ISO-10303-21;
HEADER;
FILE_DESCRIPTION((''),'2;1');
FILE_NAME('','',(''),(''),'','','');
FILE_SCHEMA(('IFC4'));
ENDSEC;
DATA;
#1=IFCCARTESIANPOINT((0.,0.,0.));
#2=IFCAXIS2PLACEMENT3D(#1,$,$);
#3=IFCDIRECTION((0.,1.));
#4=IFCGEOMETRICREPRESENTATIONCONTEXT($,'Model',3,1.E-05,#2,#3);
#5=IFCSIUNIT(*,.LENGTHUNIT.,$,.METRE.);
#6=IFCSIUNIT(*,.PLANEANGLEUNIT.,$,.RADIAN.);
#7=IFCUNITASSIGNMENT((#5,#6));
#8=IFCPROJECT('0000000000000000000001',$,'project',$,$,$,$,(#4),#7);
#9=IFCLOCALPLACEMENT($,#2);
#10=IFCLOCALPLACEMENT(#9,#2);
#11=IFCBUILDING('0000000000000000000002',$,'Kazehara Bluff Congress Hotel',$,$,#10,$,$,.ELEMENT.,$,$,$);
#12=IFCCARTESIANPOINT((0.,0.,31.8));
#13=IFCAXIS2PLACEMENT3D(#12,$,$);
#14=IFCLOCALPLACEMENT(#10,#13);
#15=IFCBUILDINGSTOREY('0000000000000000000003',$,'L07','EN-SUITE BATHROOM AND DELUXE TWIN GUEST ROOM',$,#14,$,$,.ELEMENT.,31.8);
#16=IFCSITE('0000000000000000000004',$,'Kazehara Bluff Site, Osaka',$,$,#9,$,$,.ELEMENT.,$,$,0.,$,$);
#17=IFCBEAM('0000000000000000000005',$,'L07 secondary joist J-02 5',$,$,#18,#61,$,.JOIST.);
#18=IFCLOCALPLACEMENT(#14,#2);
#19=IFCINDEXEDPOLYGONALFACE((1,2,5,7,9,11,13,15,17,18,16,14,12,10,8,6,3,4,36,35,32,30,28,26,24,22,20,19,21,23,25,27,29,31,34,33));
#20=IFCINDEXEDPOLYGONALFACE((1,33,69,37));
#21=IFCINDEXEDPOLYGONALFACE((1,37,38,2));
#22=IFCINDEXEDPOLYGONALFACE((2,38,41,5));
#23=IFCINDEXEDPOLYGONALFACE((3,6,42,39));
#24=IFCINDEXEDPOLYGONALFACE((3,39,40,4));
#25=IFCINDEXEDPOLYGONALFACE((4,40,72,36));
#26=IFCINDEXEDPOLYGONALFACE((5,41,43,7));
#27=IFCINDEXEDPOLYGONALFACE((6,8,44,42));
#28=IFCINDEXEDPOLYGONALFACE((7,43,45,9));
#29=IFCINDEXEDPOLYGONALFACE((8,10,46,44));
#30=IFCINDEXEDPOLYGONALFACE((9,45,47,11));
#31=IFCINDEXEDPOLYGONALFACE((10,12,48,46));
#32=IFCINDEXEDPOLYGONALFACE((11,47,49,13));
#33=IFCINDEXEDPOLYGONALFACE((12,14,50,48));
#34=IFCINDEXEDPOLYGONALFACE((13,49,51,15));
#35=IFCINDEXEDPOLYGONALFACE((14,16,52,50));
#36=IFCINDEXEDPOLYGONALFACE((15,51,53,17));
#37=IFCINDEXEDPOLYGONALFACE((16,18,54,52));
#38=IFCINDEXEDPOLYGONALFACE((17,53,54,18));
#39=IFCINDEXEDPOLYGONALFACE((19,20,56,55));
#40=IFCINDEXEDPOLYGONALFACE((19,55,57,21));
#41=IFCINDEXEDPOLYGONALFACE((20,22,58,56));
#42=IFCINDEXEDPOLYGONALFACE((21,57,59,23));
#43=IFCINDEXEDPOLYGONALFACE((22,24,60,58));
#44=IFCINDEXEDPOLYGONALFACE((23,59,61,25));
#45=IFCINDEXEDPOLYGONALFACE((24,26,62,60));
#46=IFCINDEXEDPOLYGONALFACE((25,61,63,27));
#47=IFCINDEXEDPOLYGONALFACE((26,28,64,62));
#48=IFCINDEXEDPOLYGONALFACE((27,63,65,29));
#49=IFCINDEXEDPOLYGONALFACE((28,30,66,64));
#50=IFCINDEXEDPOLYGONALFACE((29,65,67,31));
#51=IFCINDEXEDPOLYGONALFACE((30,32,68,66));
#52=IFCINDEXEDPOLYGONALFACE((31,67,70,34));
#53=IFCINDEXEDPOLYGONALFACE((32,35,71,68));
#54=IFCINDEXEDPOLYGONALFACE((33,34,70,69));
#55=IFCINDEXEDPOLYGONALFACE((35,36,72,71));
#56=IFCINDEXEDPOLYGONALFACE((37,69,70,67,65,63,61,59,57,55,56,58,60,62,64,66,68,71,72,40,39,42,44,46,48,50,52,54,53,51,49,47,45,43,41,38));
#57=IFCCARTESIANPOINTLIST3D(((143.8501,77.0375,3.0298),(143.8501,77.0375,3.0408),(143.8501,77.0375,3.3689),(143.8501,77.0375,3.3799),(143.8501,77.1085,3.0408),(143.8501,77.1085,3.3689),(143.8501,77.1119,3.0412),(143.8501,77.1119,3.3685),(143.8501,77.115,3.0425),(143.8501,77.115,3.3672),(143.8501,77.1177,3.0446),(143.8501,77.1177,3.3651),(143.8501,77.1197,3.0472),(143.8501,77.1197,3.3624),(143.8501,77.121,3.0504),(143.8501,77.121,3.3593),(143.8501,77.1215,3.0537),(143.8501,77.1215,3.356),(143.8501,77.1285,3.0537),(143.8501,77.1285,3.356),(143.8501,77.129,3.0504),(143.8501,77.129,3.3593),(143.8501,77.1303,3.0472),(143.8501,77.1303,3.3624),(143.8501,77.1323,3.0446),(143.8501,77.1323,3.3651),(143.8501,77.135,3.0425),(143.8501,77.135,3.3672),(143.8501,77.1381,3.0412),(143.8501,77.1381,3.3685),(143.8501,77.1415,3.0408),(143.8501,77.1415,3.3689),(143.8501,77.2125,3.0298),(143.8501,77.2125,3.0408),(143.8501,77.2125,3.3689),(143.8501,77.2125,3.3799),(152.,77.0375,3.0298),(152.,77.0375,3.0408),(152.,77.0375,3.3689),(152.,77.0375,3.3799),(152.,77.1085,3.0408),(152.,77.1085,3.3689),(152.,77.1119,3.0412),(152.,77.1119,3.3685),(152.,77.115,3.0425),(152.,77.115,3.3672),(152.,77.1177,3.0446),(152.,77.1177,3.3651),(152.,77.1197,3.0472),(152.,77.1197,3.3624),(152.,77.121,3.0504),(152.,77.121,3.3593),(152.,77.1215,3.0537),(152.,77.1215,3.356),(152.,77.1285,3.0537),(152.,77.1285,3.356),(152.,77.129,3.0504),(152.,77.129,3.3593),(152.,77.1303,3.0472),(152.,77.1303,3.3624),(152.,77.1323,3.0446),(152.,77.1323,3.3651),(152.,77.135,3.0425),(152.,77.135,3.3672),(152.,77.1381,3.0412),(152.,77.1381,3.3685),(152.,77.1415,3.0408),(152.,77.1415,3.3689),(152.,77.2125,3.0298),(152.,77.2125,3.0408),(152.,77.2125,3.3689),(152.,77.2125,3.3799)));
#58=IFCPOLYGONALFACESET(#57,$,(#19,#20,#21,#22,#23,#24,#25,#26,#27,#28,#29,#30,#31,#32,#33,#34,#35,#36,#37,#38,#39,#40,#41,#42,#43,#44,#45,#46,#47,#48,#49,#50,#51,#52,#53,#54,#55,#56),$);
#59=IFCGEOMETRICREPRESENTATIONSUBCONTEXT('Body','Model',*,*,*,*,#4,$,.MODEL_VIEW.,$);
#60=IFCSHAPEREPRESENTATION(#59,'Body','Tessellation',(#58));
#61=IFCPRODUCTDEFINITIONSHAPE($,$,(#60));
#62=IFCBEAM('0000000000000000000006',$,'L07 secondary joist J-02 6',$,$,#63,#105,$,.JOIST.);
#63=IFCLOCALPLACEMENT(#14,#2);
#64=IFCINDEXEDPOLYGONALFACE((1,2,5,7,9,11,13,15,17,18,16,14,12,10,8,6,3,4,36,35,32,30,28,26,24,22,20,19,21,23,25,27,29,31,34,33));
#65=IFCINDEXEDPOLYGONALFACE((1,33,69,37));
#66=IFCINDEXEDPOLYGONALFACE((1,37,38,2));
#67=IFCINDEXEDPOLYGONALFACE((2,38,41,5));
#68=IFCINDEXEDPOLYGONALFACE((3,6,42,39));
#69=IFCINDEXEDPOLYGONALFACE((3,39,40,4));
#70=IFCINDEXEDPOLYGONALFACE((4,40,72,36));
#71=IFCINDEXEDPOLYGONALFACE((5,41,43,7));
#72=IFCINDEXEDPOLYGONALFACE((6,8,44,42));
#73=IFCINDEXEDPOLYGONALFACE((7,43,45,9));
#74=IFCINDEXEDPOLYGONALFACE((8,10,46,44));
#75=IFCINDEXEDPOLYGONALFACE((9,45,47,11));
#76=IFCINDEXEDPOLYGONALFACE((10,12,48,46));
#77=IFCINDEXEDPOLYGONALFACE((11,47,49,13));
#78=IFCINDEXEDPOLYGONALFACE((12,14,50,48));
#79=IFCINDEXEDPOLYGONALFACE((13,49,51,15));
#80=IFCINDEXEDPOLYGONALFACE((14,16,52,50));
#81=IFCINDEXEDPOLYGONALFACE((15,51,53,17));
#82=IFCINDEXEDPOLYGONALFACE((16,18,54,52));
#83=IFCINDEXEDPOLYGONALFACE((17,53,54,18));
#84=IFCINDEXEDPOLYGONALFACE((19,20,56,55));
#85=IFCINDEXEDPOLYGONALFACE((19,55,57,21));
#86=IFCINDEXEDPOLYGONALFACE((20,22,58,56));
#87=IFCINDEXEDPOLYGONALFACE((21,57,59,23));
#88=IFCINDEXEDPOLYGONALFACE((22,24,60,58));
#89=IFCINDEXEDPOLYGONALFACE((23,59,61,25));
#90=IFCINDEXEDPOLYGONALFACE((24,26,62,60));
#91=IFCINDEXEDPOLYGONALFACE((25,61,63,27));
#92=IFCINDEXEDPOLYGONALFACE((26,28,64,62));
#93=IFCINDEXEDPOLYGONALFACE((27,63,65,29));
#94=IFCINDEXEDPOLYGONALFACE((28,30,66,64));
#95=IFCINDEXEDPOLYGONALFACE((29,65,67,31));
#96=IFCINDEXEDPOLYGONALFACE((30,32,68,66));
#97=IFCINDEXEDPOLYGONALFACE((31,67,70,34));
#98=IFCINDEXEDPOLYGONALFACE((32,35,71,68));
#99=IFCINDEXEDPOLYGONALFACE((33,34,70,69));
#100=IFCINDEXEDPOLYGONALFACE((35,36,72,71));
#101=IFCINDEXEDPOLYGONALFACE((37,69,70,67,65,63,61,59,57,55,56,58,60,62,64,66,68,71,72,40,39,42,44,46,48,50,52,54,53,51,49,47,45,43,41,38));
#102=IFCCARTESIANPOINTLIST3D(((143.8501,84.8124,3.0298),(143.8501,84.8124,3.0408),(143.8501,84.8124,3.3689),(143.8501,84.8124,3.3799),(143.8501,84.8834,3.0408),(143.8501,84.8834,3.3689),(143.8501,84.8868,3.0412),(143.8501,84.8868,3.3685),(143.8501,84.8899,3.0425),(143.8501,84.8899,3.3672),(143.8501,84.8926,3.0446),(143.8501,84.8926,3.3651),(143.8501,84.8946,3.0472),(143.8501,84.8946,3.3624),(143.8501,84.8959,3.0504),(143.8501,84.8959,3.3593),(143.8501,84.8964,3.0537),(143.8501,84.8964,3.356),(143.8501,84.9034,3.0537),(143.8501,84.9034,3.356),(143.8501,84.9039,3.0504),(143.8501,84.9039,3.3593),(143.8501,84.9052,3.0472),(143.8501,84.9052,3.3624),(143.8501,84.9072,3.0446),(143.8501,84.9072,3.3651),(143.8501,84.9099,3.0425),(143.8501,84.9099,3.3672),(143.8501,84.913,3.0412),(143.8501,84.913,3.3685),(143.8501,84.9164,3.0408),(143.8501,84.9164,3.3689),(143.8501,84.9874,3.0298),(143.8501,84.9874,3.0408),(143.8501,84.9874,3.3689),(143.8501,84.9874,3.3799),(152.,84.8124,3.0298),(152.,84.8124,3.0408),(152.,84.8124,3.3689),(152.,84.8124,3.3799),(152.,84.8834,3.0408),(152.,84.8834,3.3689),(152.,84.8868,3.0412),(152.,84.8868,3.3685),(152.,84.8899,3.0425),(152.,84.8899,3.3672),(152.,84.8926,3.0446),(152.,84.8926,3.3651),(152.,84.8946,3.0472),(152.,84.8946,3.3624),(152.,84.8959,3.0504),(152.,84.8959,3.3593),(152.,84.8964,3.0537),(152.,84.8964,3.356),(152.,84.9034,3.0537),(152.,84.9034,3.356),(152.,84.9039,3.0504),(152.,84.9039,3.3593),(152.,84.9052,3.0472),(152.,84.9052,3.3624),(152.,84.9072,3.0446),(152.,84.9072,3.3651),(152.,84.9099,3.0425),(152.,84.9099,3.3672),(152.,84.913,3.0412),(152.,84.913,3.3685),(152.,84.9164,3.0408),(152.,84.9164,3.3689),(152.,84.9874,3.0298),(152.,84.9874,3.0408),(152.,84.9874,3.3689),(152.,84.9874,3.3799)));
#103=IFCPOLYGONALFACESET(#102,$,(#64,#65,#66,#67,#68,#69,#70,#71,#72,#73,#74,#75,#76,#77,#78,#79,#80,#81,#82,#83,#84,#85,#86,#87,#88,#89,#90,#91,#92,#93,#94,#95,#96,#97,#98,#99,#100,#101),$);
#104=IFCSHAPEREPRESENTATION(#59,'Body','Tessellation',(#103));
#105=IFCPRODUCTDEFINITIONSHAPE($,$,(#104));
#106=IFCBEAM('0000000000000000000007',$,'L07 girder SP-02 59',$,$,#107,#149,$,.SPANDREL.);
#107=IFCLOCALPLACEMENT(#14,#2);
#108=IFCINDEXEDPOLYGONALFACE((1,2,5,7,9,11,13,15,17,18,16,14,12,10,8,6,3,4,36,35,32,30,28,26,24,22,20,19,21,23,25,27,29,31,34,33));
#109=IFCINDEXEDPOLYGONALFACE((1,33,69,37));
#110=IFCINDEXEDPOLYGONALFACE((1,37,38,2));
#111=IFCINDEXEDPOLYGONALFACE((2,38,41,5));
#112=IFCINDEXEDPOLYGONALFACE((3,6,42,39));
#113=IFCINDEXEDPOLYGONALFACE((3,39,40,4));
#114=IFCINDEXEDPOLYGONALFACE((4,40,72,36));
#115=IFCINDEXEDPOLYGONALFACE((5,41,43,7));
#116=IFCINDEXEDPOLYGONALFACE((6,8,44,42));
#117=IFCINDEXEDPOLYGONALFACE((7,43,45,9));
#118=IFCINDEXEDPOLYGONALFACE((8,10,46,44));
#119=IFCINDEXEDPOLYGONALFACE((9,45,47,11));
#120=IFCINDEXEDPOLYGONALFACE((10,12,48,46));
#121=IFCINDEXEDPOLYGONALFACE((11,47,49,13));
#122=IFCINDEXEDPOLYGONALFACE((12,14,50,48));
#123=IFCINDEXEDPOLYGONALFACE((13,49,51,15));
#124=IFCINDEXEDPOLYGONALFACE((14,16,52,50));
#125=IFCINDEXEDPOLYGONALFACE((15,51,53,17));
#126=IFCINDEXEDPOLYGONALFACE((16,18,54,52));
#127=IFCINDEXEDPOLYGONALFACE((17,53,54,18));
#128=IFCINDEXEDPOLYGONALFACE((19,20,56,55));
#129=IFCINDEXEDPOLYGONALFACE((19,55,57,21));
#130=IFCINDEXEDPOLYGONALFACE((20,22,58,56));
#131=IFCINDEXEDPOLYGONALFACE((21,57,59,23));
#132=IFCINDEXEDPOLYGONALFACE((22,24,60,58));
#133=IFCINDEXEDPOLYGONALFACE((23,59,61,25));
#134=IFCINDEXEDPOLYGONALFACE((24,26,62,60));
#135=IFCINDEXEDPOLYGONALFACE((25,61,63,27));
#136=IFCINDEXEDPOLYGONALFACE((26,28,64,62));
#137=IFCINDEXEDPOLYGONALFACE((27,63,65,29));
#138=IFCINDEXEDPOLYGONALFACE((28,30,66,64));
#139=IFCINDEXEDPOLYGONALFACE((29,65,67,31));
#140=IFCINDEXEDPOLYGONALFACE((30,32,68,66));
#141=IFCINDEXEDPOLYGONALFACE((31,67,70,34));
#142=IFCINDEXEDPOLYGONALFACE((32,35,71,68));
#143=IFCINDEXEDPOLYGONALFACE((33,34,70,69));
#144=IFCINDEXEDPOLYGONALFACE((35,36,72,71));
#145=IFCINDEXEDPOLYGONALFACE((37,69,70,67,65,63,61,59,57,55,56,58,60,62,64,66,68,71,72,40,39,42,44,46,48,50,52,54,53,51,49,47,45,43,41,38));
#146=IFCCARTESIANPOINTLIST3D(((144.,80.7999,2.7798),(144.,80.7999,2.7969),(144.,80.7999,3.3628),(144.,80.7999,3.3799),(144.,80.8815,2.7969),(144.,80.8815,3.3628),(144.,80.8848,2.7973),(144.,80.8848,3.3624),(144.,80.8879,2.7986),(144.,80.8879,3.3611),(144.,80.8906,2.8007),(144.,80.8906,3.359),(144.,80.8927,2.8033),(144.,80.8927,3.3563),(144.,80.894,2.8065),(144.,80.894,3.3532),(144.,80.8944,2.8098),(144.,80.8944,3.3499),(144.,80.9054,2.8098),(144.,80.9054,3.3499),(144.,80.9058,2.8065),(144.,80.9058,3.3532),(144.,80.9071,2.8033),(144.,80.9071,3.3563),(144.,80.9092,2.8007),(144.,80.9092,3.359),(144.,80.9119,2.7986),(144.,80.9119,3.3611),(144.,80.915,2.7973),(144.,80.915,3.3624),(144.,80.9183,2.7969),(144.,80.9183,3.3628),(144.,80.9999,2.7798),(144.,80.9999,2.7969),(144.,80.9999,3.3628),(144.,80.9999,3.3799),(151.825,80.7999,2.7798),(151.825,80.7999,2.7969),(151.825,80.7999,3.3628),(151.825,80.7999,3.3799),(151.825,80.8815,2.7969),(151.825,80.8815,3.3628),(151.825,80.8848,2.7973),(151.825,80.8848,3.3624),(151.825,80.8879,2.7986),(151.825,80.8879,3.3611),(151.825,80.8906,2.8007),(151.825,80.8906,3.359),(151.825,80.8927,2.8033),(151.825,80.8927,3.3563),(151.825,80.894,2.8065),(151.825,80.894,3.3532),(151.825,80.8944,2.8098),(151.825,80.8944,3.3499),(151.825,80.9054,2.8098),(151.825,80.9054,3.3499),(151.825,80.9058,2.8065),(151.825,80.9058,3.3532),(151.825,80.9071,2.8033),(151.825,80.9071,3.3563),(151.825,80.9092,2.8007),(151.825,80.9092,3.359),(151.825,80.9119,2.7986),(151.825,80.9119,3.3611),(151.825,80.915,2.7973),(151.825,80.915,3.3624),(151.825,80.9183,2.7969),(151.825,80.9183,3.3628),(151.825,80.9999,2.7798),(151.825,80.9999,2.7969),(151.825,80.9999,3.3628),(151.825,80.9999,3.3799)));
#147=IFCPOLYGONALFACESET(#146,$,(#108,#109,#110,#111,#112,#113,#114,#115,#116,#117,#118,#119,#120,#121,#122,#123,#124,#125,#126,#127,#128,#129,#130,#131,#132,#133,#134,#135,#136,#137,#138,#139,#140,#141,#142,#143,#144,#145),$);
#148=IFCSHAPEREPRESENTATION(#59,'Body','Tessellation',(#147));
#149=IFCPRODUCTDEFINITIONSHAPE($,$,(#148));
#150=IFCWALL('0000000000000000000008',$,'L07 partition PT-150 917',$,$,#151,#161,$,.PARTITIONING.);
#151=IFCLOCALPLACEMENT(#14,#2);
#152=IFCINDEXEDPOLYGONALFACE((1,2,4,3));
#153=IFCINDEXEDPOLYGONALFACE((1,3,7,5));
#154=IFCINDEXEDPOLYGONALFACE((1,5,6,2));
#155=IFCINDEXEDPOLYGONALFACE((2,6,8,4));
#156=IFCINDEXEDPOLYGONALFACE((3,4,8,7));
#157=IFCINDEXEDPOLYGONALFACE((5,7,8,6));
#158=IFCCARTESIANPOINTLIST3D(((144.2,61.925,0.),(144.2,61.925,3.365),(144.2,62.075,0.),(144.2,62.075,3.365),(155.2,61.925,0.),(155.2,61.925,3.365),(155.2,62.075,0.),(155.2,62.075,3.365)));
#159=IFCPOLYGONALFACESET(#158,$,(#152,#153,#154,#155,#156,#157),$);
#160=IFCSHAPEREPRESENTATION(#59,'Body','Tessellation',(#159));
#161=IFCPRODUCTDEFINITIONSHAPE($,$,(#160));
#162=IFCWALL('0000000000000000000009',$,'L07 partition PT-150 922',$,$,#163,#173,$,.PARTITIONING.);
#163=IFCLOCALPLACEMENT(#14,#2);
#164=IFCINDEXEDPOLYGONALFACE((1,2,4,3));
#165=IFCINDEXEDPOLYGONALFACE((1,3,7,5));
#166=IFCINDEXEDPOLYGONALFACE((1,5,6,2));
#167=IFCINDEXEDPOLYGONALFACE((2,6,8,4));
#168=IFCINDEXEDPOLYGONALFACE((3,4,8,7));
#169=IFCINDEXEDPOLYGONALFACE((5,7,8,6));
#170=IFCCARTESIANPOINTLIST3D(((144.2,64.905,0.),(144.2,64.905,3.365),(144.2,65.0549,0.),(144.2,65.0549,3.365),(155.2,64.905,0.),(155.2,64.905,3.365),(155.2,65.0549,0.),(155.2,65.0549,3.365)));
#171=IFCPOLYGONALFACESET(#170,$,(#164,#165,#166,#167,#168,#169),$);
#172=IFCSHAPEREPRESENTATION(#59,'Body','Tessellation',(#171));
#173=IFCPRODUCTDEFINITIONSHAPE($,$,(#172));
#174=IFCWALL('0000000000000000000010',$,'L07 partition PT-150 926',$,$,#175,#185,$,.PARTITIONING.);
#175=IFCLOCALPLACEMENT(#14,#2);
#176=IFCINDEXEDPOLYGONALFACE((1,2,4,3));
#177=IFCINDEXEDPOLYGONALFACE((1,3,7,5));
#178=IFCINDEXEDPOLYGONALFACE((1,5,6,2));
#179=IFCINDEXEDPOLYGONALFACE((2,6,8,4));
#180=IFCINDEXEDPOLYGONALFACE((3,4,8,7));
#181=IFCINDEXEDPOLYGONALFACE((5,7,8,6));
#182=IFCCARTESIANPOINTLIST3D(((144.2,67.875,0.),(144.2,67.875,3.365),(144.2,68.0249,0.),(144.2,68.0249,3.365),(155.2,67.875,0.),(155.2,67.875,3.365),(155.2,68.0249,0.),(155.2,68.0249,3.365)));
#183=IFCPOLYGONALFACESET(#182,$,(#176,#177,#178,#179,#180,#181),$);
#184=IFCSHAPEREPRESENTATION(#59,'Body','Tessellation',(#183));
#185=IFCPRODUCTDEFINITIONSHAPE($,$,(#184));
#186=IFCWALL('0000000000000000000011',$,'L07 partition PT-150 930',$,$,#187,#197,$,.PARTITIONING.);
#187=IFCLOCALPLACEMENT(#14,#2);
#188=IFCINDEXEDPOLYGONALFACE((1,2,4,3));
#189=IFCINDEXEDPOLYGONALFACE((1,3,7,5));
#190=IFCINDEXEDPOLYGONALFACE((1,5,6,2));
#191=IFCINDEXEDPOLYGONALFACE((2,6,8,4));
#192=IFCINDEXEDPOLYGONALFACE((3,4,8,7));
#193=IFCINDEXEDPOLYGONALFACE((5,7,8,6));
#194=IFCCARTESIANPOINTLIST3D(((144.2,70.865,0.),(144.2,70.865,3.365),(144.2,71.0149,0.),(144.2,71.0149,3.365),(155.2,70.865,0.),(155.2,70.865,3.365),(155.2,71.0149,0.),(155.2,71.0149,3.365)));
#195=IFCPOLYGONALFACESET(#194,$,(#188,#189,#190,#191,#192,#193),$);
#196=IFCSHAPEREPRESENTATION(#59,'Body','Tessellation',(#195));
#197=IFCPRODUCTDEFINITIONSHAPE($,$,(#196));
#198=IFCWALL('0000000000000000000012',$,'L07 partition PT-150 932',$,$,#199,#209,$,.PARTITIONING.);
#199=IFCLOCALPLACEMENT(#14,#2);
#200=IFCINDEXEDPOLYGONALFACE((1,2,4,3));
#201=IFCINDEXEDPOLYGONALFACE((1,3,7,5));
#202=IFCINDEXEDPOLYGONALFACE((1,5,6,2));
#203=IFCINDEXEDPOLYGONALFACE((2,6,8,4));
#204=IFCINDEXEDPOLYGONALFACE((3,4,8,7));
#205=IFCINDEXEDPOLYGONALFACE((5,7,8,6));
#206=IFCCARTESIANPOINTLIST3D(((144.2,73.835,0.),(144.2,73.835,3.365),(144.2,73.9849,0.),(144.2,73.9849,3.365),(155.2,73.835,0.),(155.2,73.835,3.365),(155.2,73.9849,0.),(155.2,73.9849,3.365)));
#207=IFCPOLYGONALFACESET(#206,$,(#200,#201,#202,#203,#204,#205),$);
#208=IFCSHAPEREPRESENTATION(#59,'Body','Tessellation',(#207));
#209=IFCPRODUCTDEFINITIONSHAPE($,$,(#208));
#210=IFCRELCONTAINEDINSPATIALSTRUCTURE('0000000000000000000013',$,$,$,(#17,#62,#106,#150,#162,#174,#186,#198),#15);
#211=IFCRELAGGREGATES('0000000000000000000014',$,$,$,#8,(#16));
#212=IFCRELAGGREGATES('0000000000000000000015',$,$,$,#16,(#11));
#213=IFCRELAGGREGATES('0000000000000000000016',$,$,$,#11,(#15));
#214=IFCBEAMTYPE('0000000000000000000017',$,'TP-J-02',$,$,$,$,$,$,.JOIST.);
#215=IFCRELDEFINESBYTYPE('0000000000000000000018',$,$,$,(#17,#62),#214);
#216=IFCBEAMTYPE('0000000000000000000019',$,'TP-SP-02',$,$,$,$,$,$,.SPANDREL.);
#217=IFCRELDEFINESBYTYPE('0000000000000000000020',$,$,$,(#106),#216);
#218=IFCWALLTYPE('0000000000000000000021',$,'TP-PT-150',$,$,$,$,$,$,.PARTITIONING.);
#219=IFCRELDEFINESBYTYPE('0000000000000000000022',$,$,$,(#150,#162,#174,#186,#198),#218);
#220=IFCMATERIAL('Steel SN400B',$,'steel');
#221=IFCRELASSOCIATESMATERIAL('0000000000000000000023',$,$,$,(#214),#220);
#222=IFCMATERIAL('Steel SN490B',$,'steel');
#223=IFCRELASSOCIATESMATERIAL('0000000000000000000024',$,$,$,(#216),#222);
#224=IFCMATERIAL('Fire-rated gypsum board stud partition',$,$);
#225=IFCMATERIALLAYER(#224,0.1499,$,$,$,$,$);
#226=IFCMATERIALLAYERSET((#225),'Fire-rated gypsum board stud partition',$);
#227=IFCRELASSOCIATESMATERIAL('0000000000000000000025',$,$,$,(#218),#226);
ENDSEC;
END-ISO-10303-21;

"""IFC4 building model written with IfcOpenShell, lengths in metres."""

from ifc_helpers import new_model, si_unit, direction, frame, frame_2d, origin, origin_2d, place, context, subcontext, project, spatial, rectangle, i_section, extrude, material, layer, layer_set, material_profile, profile_set, type_object, element, save


model = new_model("IFC4")

# Units and contexts
model_context = context("Model", 3, precision=1e-05, world=origin(), true_north=direction((0.0, 1.0)))
body_context = subcontext(model_context, "Body", "Model", "MODEL_VIEW")
ifc_project = project(units=[si_unit("LENGTHUNIT", "METRE"), si_unit("PLANEANGLEUNIT", "RADIAN")], contexts=[model_context])

# Site, building, storey
site_placement = place(None, origin())
site = spatial("IfcSite", under=ifc_project, at=site_placement, Name="Kazehara Bluff Site, Osaka", CompositionType="ELEMENT", RefElevation=0.0)
building_placement = place(site_placement, origin())
building = spatial("IfcBuilding", under=site, at=building_placement, Name="Kazehara Bluff Congress Hotel", CompositionType="ELEMENT")
storey_placement = place(building_placement, frame((0.0, 0.0, 31.8)))
storey = spatial("IfcBuildingStorey", under=building, at=storey_placement, Name="L07", Description="EN-SUITE BATHROOM AND DELUXE TWIN GUEST ROOM", CompositionType="ELEMENT", Elevation=31.8)

# Beams
ifc_material_1 = material(Name="Steel SN400B", Category="steel")
ifc_material_profile_1 = material_profile(ifc_material_1, i_section(OverallWidth=0.175, OverallDepth=0.3501, WebThickness=0.0071, FlangeThickness=0.011, FilletRadius=0.0129, at=origin_2d()))
ifc_profile_set_1 = profile_set([ifc_material_profile_1], Name="Steel SN400B")
beam_type_1 = type_object("IfcBeamType", Name="TP-J-02", PredefinedType="JOIST", material=ifc_profile_set_1)
for number, where, z_axis, x_axis, name in (
    (1, (143.8501, 77.125, 3.2048), (1.0, 0.0, 0.0), (0.0, 1.0, 0.0), "L07 secondary joist J-02 5"),
    (2, (143.8501, 84.8999, 3.2048), (1.0, 0.0, 0.0), (0.0, 1.0, 0.0), "L07 secondary joist J-02 6"),
):
    element("IfcBeam", number, at=place(storey_placement, frame(where, z_axis=z_axis, x_axis=x_axis)), inside=storey, type_object=beam_type_1, Name=name, PredefinedType="JOIST", context=body_context, shape_type="SweptSolid", body=[
        extrude(i_section(OverallWidth=0.175, OverallDepth=0.3501, WebThickness=0.0071, FlangeThickness=0.011, FilletRadius=0.0129, at=origin_2d()), origin(), (0.0, 0.0, 1.0), 8.1499),
    ])
ifc_material_2 = material(Name="Steel SN490B", Category="steel")
ifc_material_profile_2 = material_profile(ifc_material_2, i_section(OverallWidth=0.2, OverallDepth=0.6001, WebThickness=0.011, FlangeThickness=0.0171, FilletRadius=0.0129, at=origin_2d()))
ifc_profile_set_2 = profile_set([ifc_material_profile_2], Name="Steel SN490B")
beam_type_2 = type_object("IfcBeamType", Name="TP-SP-02", PredefinedType="SPANDREL", material=ifc_profile_set_2)
beam_1_placement = place(storey_placement, frame((144.0, 80.8999, 3.0798), z_axis=(1.0, 0.0, 0.0), x_axis=(0.0, 1.0, 0.0)))
element("IfcBeam", 3, at=beam_1_placement, inside=storey, type_object=beam_type_2, Name="L07 girder SP-02 59", PredefinedType="SPANDREL", context=body_context, shape_type="SweptSolid", body=[
    extrude(i_section(OverallWidth=0.2, OverallDepth=0.6001, WebThickness=0.011, FlangeThickness=0.0171, FilletRadius=0.0129, at=origin_2d()), origin(), (0.0, 0.0, 1.0), 7.825),
])

# Walls
ifc_material_3 = material(Name="Fire-rated gypsum board stud partition")
ifc_layer_1 = layer(ifc_material_3, 0.1499)
ifc_layer_set_1 = layer_set([ifc_layer_1], Name="Fire-rated gypsum board stud partition")
wall_type_1 = type_object("IfcWallType", Name="TP-PT-150", PredefinedType="PARTITIONING", material=ifc_layer_set_1)
for number, where, z_axis, x_axis, name in (
    (4, (144.2, 62.0, 0.0), (0.0, 0.0, 1.0), (1.0, 0.0, 0.0), "L07 partition PT-150 917"),
    (5, (144.2, 64.98, 0.0), (0.0, 0.0, 1.0), (1.0, 0.0, 0.0), "L07 partition PT-150 922"),
    (6, (144.2, 67.95, 0.0), (0.0, 0.0, 1.0), (1.0, 0.0, 0.0), "L07 partition PT-150 926"),
    (7, (144.2, 70.9399, 0.0), (0.0, 0.0, 1.0), (1.0, 0.0, 0.0), "L07 partition PT-150 930"),
    (8, (144.2, 73.9099, 0.0), (0.0, 0.0, 1.0), (1.0, 0.0, 0.0), "L07 partition PT-150 932"),
):
    element("IfcWall", number, at=place(storey_placement, frame(where, z_axis=z_axis, x_axis=x_axis)), inside=storey, type_object=wall_type_1, Name=name, PredefinedType="PARTITIONING", context=body_context, shape_type="SweptSolid", body=[
        extrude(rectangle(XDim=11.0, YDim=0.1499, at=frame_2d((5.5, 0.0))), origin(), (0.0, 0.0, 1.0), 3.365),
    ])

save(model, "model.ifc")
